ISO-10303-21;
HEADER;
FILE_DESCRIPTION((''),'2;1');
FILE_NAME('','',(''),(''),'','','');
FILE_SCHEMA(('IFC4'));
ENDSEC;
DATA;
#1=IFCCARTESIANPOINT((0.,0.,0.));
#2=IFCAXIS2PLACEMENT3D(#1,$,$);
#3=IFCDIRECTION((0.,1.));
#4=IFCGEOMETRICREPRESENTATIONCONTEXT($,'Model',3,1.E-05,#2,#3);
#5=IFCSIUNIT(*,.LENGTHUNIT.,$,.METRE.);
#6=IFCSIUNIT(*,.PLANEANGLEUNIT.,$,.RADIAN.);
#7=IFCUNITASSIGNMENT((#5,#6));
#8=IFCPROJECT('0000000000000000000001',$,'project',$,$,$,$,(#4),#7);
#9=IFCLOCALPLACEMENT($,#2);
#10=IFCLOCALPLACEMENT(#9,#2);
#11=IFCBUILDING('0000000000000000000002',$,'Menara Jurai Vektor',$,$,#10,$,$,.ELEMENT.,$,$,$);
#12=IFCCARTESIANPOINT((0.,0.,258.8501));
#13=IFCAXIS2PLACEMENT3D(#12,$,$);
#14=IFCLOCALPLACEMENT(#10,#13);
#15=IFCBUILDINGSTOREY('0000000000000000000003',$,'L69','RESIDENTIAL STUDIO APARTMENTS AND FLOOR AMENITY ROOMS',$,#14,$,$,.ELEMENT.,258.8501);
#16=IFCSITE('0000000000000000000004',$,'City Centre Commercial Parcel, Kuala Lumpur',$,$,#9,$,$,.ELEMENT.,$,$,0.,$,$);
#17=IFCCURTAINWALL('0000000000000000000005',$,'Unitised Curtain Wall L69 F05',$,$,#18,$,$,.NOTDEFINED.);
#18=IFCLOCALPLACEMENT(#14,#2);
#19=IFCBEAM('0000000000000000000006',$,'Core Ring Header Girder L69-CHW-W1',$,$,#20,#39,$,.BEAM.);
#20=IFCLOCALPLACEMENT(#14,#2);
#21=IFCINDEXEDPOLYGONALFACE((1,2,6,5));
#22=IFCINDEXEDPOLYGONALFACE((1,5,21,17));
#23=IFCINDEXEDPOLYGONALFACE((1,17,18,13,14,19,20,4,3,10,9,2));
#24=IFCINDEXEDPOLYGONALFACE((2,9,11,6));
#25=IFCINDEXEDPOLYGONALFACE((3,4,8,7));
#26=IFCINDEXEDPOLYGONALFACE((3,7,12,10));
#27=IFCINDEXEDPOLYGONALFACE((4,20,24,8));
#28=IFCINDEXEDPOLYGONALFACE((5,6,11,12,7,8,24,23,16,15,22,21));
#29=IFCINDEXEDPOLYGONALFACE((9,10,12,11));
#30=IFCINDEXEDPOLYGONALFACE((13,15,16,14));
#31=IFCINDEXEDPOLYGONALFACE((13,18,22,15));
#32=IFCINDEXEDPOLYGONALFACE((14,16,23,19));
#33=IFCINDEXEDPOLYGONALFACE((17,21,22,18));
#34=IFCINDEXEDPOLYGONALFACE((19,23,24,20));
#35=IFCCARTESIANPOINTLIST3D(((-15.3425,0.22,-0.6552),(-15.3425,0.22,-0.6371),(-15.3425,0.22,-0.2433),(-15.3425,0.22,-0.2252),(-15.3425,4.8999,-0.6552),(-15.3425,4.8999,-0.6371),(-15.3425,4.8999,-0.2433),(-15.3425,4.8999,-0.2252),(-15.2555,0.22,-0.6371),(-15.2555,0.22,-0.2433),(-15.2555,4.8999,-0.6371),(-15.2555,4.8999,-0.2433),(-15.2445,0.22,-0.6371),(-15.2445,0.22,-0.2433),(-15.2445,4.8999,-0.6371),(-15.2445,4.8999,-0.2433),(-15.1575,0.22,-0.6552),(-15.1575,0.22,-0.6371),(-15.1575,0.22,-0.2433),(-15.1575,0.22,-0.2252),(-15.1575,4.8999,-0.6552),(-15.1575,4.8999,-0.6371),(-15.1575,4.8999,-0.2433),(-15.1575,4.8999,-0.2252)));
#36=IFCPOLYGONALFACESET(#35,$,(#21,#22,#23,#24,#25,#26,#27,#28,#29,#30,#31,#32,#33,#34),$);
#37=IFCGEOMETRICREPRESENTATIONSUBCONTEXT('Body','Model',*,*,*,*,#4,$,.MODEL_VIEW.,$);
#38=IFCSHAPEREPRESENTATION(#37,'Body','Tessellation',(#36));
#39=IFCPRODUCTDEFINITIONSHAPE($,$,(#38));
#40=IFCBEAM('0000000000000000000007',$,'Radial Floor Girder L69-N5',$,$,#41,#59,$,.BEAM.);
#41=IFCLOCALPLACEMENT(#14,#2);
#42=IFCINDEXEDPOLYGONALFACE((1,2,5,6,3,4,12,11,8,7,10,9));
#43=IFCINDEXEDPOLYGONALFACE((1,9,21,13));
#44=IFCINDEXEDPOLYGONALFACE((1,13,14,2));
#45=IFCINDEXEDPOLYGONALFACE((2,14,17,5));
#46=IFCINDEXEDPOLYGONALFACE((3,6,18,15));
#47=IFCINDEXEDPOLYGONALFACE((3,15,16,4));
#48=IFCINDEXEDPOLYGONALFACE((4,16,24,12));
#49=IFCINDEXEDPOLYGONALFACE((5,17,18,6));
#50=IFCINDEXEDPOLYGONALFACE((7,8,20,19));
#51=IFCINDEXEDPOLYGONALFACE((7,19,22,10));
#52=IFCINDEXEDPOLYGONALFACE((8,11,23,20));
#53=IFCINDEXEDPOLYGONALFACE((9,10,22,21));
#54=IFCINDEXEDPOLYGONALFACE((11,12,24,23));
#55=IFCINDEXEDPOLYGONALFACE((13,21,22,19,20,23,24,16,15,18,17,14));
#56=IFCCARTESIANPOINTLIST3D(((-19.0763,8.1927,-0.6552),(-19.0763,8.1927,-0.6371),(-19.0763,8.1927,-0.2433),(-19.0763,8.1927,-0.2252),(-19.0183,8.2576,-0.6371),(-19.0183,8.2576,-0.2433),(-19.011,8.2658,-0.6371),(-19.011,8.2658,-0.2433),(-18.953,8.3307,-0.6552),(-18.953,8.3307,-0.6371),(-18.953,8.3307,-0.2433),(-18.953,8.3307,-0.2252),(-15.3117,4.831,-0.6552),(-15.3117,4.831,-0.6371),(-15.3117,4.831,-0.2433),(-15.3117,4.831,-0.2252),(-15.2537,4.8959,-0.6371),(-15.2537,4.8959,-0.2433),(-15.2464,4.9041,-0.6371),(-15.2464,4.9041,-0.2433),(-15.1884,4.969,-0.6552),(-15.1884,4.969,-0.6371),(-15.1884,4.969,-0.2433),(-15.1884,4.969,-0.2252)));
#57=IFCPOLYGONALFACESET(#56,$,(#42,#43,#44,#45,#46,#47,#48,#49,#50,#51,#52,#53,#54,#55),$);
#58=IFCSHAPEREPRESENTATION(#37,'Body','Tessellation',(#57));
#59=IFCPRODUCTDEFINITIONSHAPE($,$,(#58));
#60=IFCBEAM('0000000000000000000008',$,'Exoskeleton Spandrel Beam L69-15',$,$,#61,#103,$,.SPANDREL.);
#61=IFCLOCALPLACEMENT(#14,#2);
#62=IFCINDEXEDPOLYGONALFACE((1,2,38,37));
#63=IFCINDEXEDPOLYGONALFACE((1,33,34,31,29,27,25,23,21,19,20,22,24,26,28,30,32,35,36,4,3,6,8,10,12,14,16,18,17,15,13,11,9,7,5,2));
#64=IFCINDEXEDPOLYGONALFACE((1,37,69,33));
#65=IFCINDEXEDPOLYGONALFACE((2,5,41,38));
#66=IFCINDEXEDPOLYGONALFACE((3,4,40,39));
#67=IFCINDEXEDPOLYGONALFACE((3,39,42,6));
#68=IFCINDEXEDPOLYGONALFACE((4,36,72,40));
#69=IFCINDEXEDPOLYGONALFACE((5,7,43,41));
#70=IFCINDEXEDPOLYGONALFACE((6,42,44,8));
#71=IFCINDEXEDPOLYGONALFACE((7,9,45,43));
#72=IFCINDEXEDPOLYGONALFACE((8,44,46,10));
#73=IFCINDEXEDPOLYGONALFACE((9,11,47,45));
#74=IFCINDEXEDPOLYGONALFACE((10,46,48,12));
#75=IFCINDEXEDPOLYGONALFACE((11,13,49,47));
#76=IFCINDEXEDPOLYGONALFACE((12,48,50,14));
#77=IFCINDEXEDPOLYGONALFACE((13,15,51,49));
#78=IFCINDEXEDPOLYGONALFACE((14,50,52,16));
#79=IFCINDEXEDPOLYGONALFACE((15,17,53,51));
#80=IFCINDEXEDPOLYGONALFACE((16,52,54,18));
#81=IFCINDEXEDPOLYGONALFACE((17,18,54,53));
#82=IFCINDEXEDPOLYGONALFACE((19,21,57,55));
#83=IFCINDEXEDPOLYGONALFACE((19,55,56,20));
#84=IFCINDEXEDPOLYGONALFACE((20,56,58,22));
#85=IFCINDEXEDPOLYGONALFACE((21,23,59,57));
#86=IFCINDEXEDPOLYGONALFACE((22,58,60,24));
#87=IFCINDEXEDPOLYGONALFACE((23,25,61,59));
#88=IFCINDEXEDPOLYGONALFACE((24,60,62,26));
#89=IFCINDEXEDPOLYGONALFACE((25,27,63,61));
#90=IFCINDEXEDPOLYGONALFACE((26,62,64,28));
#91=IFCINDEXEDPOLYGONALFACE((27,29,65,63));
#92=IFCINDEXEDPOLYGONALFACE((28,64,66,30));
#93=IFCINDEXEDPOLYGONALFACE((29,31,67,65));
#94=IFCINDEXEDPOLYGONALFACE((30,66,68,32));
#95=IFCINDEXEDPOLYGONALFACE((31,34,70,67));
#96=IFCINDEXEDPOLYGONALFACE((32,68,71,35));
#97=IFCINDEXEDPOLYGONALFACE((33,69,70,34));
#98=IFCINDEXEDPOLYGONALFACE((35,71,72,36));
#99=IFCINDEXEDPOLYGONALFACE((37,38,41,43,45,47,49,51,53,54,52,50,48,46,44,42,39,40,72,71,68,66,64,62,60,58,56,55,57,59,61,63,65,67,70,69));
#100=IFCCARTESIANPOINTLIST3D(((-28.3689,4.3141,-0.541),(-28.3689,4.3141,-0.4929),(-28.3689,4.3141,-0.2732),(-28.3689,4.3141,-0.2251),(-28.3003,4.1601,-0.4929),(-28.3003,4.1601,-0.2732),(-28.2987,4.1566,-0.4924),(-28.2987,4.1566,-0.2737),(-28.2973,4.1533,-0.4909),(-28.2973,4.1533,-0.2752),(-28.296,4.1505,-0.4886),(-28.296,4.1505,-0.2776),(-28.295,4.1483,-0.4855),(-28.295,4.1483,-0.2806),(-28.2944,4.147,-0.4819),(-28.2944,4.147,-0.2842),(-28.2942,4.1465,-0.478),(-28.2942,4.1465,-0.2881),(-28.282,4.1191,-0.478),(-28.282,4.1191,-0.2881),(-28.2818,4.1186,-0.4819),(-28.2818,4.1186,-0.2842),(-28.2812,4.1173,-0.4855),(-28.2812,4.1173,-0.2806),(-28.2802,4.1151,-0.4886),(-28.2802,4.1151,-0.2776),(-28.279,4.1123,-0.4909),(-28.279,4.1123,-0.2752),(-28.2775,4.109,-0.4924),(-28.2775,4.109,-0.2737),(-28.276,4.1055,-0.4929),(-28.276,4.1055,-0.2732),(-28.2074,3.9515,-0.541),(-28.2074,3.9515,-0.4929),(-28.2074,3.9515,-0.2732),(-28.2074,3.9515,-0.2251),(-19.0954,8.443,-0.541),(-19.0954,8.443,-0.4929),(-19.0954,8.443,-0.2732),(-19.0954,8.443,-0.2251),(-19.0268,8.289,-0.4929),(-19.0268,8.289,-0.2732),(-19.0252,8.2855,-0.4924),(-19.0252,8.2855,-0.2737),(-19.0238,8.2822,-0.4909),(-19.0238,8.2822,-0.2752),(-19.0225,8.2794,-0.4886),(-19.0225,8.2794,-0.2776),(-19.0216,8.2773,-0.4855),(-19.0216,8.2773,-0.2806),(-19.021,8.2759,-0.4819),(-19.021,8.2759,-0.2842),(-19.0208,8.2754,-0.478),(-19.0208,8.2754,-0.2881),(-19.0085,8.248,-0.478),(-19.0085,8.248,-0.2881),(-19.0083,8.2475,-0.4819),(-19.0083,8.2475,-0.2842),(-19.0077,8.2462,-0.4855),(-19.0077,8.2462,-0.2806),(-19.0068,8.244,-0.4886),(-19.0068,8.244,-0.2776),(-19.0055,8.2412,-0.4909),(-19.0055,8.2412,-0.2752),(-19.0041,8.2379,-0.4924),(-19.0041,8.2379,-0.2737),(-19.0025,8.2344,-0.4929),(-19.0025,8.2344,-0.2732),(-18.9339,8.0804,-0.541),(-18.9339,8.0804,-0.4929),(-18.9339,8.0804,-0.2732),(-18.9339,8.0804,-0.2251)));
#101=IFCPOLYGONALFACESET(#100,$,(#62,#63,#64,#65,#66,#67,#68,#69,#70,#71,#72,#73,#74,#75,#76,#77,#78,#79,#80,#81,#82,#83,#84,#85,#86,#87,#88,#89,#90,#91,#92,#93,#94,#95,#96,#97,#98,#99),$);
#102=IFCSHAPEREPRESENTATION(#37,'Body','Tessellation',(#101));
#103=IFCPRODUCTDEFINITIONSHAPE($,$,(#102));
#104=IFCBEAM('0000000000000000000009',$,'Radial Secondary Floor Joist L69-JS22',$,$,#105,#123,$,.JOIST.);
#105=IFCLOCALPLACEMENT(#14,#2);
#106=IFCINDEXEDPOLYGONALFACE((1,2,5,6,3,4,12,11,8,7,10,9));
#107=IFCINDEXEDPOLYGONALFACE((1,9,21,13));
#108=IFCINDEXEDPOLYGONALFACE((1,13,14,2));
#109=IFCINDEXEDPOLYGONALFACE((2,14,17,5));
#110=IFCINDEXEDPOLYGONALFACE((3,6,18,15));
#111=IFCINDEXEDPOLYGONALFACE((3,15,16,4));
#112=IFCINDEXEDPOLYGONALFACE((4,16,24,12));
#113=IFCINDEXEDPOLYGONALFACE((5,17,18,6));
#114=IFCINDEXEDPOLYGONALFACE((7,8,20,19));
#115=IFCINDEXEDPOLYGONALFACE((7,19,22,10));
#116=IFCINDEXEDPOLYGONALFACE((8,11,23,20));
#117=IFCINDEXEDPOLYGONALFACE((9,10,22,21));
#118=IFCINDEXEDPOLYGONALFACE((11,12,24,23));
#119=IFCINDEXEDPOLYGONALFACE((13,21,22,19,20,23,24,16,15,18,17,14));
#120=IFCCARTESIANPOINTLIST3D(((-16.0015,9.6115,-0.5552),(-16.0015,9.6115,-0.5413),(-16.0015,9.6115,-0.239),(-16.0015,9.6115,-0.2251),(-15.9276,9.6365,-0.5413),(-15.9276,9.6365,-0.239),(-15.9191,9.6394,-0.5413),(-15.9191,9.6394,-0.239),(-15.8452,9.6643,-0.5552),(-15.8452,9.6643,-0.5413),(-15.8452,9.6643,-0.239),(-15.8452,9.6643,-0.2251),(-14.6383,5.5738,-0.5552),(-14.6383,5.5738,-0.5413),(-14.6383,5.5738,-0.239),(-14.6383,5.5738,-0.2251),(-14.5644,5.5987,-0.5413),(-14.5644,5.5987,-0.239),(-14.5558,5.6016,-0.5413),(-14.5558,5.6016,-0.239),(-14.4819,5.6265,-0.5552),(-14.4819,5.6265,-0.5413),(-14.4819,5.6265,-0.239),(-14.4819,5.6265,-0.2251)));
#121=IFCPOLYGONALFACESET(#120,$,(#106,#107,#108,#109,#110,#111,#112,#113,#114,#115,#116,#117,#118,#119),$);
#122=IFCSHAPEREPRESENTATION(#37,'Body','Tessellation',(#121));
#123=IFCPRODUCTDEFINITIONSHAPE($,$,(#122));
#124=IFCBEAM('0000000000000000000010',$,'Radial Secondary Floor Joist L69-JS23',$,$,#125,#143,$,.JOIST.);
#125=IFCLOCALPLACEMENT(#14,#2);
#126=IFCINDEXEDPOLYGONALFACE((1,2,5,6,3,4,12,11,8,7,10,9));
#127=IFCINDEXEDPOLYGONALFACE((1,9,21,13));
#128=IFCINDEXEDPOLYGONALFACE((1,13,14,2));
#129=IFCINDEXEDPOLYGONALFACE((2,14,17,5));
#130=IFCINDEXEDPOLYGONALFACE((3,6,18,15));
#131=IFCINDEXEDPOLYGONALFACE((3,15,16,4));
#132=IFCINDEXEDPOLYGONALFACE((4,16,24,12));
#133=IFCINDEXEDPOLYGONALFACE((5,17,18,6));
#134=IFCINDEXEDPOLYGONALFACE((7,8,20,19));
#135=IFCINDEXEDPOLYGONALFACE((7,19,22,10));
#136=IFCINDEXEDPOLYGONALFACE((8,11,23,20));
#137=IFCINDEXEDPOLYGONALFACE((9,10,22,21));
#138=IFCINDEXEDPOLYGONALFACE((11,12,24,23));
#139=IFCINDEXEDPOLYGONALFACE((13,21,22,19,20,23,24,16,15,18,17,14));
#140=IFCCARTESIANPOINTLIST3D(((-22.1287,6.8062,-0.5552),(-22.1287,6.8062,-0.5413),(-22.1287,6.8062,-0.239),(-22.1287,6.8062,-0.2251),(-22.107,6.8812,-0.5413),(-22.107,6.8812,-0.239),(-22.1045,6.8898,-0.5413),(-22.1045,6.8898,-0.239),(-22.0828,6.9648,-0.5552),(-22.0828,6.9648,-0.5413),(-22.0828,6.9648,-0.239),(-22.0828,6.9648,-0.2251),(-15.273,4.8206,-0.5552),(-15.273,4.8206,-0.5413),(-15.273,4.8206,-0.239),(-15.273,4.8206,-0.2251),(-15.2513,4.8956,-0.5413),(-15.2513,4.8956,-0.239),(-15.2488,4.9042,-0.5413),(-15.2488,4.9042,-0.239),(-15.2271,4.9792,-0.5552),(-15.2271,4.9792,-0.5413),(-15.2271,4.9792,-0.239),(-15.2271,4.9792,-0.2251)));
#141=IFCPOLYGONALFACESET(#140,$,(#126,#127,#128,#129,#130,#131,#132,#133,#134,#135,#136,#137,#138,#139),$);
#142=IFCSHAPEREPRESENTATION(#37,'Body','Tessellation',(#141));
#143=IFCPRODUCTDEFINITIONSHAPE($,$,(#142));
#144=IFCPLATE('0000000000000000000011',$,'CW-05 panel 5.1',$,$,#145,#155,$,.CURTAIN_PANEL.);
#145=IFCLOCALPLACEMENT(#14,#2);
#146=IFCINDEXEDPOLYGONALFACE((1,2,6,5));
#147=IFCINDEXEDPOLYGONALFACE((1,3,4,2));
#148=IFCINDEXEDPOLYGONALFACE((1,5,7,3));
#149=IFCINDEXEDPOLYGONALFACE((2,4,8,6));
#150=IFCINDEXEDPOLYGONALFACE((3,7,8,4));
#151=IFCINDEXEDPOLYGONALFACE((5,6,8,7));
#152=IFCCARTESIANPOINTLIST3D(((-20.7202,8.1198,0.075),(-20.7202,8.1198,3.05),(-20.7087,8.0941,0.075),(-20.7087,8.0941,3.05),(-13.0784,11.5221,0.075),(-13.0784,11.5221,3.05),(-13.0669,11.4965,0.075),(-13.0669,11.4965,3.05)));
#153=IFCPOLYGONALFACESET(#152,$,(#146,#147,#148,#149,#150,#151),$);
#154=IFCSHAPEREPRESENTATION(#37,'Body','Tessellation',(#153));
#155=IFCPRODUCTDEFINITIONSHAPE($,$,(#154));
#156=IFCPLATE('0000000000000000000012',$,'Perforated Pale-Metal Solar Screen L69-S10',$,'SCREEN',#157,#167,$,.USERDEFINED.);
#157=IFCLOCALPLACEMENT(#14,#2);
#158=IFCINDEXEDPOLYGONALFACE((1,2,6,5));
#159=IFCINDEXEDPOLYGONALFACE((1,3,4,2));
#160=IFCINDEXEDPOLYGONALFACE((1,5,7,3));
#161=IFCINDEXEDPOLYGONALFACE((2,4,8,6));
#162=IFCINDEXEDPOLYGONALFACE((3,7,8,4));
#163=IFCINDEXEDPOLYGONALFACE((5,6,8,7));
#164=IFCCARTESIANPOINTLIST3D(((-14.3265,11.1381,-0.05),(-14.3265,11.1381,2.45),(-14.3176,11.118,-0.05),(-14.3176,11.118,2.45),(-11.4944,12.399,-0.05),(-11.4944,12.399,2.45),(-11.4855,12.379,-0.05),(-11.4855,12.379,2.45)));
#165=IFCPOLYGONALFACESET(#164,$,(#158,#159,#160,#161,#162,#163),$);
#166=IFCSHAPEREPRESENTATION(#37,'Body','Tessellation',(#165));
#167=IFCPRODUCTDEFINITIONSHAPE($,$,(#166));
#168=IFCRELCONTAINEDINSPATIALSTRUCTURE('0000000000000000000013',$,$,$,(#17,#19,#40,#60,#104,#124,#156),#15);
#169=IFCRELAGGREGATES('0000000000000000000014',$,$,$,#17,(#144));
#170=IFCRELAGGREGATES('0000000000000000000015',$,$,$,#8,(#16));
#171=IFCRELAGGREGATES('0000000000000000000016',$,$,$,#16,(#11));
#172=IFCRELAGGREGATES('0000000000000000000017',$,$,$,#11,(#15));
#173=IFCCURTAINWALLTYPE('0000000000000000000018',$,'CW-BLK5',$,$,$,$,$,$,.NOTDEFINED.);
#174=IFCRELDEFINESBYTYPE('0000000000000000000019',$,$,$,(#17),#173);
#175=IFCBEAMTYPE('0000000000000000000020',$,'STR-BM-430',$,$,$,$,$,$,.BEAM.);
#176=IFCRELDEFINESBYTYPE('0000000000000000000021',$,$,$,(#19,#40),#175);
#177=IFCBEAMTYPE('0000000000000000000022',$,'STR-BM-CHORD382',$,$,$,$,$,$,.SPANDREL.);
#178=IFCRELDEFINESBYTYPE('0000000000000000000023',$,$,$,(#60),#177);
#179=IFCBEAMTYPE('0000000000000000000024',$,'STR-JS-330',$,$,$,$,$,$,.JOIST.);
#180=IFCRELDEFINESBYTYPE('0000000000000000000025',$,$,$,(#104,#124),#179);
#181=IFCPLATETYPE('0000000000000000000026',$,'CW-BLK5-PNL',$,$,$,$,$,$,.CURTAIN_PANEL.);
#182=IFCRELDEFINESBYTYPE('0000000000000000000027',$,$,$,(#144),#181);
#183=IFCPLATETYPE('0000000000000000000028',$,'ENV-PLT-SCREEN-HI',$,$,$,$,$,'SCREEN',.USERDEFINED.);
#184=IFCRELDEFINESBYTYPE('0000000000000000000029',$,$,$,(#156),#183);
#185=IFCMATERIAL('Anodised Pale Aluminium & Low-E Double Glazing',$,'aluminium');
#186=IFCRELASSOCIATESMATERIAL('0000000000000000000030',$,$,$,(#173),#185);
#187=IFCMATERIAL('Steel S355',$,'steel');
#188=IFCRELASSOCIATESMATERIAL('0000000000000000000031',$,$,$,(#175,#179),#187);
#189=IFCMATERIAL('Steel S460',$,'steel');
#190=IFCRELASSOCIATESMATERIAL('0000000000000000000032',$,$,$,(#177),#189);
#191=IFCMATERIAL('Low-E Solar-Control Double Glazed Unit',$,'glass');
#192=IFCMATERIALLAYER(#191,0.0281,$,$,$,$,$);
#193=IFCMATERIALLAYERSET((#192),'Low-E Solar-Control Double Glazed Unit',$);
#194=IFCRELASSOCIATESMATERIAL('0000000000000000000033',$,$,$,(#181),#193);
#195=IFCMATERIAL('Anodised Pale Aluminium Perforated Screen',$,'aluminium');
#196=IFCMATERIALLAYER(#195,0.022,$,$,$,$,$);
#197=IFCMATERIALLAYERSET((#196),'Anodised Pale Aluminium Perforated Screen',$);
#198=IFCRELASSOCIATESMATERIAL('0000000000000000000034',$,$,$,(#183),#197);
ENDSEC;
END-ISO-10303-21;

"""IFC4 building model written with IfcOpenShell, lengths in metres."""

from ifc_helpers import new_model, si_unit, direction, frame, origin, origin_2d, place, context, subcontext, project, spatial, rectangle, i_section, extrude, material, layer, layer_set, material_profile, profile_set, type_object, element, aggregate, save


model = new_model("IFC4")

# Units and contexts
model_context = context("Model", 3, precision=1e-05, world=origin(), true_north=direction((0.0, 1.0)))
body_context = subcontext(model_context, "Body", "Model", "MODEL_VIEW")
ifc_project = project(units=[si_unit("LENGTHUNIT", "METRE"), si_unit("PLANEANGLEUNIT", "RADIAN")], contexts=[model_context])

# Site, building, storey
site_placement = place(None, origin())
site = spatial("IfcSite", under=ifc_project, at=site_placement, Name="City Centre Commercial Parcel, Kuala Lumpur", CompositionType="ELEMENT", RefElevation=0.0)
building_placement = place(site_placement, origin())
building = spatial("IfcBuilding", under=site, at=building_placement, Name="Menara Jurai Vektor", CompositionType="ELEMENT")
storey_placement = place(building_placement, frame((0.0, 0.0, 258.8501)))
storey = spatial("IfcBuildingStorey", under=building, at=storey_placement, Name="L69", Description="RESIDENTIAL STUDIO APARTMENTS AND FLOOR AMENITY ROOMS", CompositionType="ELEMENT", Elevation=258.8501)

# Shared definitions
ifc_material_1 = material(Name="Steel S460", Category="steel")

# Curtain wall
ifc_material_2 = material(Name="Anodised Pale Aluminium & Low-E Double Glazing", Category="aluminium")
curtain_wall_type = type_object("IfcCurtainWallType", Name="CW-BLK5", PredefinedType="NOTDEFINED", material=ifc_material_2)
curtain_wall_placement = place(storey_placement, origin())
curtain_wall = element("IfcCurtainWall", 1, at=curtain_wall_placement, inside=storey, type_object=curtain_wall_type, Name="Unitised Curtain Wall L69 F05", PredefinedType="NOTDEFINED")

# Beams
ifc_material_3 = material(Name="Steel S355", Category="steel")
ifc_material_profile_1 = material_profile(ifc_material_3, i_section(OverallWidth=0.1851, OverallDepth=0.4299, WebThickness=0.011, FlangeThickness=0.0181, at=origin_2d()), Name="PG 430x185x76")
ifc_profile_set_1 = profile_set([ifc_material_profile_1], Name="Steel S355")
beam_type_1 = type_object("IfcBeamType", Name="STR-BM-430", PredefinedType="BEAM", material=ifc_profile_set_1)
beam_1_placement = place(storey_placement, frame((-15.25, 0.22, -0.4402), z_axis=(0.0, 1.0, 0.0), x_axis=(-1.0, 0.0, 0.0)))
element("IfcBeam", 2, at=beam_1_placement, inside=storey, type_object=beam_type_1, Name="Core Ring Header Girder L69-CHW-W1", PredefinedType="BEAM", context=body_context, shape_type="SweptSolid", body=[
    extrude(i_section(OverallWidth=0.1851, OverallDepth=0.4299, WebThickness=0.011, FlangeThickness=0.0181, at=origin_2d()), origin(), (0.0, 0.0, 1.0), 4.6799),
])
beam_2_placement = place(storey_placement, frame((-19.0146, 8.2617, -0.4402), z_axis=(0.745886, -0.666073, 0.0), x_axis=(0.666073, 0.745886, 0.0)))
element("IfcBeam", 3, at=beam_2_placement, inside=storey, type_object=beam_type_1, Name="Radial Floor Girder L69-N5", PredefinedType="BEAM", context=body_context, shape_type="SweptSolid", body=[
    extrude(i_section(OverallWidth=0.1851, OverallDepth=0.4299, WebThickness=0.011, FlangeThickness=0.0181, at=origin_2d()), origin(), (0.0, 0.0, 1.0), 5.0471),
])
ifc_material_profile_2 = material_profile(ifc_material_1, i_section(OverallWidth=0.397, OverallDepth=0.3159, WebThickness=0.03, FlangeThickness=0.0481, FilletRadius=0.0149, at=origin_2d()), Name="HD 400x382")
ifc_profile_set_2 = profile_set([ifc_material_profile_2], Name="Steel S460")
beam_type_2 = type_object("IfcBeamType", Name="STR-BM-CHORD382", PredefinedType="SPANDREL", material=ifc_profile_set_2)
beam_3_placement = place(storey_placement, frame((-19.0146, 8.2617, -0.3831), z_axis=(-0.913542, -0.406745, 0.0), x_axis=(0.406745, -0.913542, 0.0)))
element("IfcBeam", 4, at=beam_3_placement, inside=storey, type_object=beam_type_2, Name="Exoskeleton Spandrel Beam L69-15", PredefinedType="SPANDREL", context=body_context, shape_type="SweptSolid", body=[
    extrude(i_section(OverallWidth=0.397, OverallDepth=0.3159, WebThickness=0.03, FlangeThickness=0.0481, FilletRadius=0.0149, at=origin_2d()), origin(), (0.0, 0.0, 1.0), 10.1511),
])
ifc_material_profile_3 = material_profile(ifc_material_3, i_section(OverallWidth=0.165, OverallDepth=0.3301, WebThickness=0.009, FlangeThickness=0.0139, at=origin_2d()), Name="PG 330x165x46")
ifc_profile_set_3 = profile_set([ifc_material_profile_3], Name="Steel S355")
beam_type_3 = type_object("IfcBeamType", Name="STR-JS-330", PredefinedType="JOIST", material=ifc_profile_set_3)
beam_4_placement = place(storey_placement, frame((-15.9233, 9.6379, -0.3901), z_axis=(0.319886, -0.947456, 0.0), x_axis=(0.947456, 0.319886, 0.0)))
element("IfcBeam", 5, at=beam_4_placement, inside=storey, type_object=beam_type_3, Name="Radial Secondary Floor Joist L69-JS22", PredefinedType="JOIST", context=body_context, shape_type="SweptSolid", body=[
    extrude(i_section(OverallWidth=0.165, OverallDepth=0.3301, WebThickness=0.009, FlangeThickness=0.0139, at=origin_2d()), origin(), (0.0, 0.0, 1.0), 4.2617),
])
beam_5_placement = place(storey_placement, frame((-22.1057, 6.8855, -0.3901), z_axis=(0.960525, -0.278193, 0.0), x_axis=(0.278193, 0.960525, 0.0)))
element("IfcBeam", 6, at=beam_5_placement, inside=storey, type_object=beam_type_3, Name="Radial Secondary Floor Joist L69-JS23", PredefinedType="JOIST", context=body_context, shape_type="SweptSolid", body=[
    extrude(i_section(OverallWidth=0.165, OverallDepth=0.3301, WebThickness=0.009, FlangeThickness=0.0139, at=origin_2d()), origin(), (0.0, 0.0, 1.0), 7.1375),
])

# Plates
ifc_material_4 = material(Name="Low-E Solar-Control Double Glazed Unit", Category="glass")
ifc_layer_1 = layer(ifc_material_4, 0.0281)
ifc_layer_set_1 = layer_set([ifc_layer_1], Name="Low-E Solar-Control Double Glazed Unit")
plate_type_1 = type_object("IfcPlateType", Name="CW-BLK5-PNL", PredefinedType="CURTAIN_PANEL", material=ifc_layer_set_1)
plate_1_placement = place(storey_placement, frame((-16.8936, 9.8081, 0.075), z_axis=(0.0, 0.0, 1.0), x_axis=(-0.913546, -0.406735, 0.0)))
plate_1 = element("IfcPlate", 7, at=plate_1_placement, type_object=plate_type_1, Name="CW-05 panel 5.1", PredefinedType="CURTAIN_PANEL", context=body_context, shape_type="SweptSolid", body=[
    extrude(rectangle(XDim=8.365, YDim=0.0281, at=origin_2d()), origin(), (0.0, 0.0, 1.0), 2.9751),
])
aggregate(curtain_wall, [plate_1])
ifc_material_5 = material(Name="Anodised Pale Aluminium Perforated Screen", Category="aluminium")
ifc_layer_2 = layer(ifc_material_5, 0.022)
ifc_layer_set_2 = layer_set([ifc_layer_2], Name="Anodised Pale Aluminium Perforated Screen")
plate_type_2 = type_object("IfcPlateType", Name="ENV-PLT-SCREEN-HI", ElementType="SCREEN", PredefinedType="USERDEFINED", material=ifc_layer_set_2)
plate_2_placement = place(storey_placement, frame((-12.906, 11.7585, -0.05), z_axis=(0.0, 0.0, 1.0), x_axis=(-0.913545, -0.406737, 0.0)))
element("IfcPlate", 8, at=plate_2_placement, inside=storey, type_object=plate_type_2, Name="Perforated Pale-Metal Solar Screen L69-S10", ObjectType="SCREEN", PredefinedType="USERDEFINED", context=body_context, shape_type="SweptSolid", body=[
    extrude(rectangle(XDim=3.1001, YDim=0.022, at=origin_2d()), origin(), (0.0, 0.0, 1.0), 2.5),
])

save(model, "model.ifc")
